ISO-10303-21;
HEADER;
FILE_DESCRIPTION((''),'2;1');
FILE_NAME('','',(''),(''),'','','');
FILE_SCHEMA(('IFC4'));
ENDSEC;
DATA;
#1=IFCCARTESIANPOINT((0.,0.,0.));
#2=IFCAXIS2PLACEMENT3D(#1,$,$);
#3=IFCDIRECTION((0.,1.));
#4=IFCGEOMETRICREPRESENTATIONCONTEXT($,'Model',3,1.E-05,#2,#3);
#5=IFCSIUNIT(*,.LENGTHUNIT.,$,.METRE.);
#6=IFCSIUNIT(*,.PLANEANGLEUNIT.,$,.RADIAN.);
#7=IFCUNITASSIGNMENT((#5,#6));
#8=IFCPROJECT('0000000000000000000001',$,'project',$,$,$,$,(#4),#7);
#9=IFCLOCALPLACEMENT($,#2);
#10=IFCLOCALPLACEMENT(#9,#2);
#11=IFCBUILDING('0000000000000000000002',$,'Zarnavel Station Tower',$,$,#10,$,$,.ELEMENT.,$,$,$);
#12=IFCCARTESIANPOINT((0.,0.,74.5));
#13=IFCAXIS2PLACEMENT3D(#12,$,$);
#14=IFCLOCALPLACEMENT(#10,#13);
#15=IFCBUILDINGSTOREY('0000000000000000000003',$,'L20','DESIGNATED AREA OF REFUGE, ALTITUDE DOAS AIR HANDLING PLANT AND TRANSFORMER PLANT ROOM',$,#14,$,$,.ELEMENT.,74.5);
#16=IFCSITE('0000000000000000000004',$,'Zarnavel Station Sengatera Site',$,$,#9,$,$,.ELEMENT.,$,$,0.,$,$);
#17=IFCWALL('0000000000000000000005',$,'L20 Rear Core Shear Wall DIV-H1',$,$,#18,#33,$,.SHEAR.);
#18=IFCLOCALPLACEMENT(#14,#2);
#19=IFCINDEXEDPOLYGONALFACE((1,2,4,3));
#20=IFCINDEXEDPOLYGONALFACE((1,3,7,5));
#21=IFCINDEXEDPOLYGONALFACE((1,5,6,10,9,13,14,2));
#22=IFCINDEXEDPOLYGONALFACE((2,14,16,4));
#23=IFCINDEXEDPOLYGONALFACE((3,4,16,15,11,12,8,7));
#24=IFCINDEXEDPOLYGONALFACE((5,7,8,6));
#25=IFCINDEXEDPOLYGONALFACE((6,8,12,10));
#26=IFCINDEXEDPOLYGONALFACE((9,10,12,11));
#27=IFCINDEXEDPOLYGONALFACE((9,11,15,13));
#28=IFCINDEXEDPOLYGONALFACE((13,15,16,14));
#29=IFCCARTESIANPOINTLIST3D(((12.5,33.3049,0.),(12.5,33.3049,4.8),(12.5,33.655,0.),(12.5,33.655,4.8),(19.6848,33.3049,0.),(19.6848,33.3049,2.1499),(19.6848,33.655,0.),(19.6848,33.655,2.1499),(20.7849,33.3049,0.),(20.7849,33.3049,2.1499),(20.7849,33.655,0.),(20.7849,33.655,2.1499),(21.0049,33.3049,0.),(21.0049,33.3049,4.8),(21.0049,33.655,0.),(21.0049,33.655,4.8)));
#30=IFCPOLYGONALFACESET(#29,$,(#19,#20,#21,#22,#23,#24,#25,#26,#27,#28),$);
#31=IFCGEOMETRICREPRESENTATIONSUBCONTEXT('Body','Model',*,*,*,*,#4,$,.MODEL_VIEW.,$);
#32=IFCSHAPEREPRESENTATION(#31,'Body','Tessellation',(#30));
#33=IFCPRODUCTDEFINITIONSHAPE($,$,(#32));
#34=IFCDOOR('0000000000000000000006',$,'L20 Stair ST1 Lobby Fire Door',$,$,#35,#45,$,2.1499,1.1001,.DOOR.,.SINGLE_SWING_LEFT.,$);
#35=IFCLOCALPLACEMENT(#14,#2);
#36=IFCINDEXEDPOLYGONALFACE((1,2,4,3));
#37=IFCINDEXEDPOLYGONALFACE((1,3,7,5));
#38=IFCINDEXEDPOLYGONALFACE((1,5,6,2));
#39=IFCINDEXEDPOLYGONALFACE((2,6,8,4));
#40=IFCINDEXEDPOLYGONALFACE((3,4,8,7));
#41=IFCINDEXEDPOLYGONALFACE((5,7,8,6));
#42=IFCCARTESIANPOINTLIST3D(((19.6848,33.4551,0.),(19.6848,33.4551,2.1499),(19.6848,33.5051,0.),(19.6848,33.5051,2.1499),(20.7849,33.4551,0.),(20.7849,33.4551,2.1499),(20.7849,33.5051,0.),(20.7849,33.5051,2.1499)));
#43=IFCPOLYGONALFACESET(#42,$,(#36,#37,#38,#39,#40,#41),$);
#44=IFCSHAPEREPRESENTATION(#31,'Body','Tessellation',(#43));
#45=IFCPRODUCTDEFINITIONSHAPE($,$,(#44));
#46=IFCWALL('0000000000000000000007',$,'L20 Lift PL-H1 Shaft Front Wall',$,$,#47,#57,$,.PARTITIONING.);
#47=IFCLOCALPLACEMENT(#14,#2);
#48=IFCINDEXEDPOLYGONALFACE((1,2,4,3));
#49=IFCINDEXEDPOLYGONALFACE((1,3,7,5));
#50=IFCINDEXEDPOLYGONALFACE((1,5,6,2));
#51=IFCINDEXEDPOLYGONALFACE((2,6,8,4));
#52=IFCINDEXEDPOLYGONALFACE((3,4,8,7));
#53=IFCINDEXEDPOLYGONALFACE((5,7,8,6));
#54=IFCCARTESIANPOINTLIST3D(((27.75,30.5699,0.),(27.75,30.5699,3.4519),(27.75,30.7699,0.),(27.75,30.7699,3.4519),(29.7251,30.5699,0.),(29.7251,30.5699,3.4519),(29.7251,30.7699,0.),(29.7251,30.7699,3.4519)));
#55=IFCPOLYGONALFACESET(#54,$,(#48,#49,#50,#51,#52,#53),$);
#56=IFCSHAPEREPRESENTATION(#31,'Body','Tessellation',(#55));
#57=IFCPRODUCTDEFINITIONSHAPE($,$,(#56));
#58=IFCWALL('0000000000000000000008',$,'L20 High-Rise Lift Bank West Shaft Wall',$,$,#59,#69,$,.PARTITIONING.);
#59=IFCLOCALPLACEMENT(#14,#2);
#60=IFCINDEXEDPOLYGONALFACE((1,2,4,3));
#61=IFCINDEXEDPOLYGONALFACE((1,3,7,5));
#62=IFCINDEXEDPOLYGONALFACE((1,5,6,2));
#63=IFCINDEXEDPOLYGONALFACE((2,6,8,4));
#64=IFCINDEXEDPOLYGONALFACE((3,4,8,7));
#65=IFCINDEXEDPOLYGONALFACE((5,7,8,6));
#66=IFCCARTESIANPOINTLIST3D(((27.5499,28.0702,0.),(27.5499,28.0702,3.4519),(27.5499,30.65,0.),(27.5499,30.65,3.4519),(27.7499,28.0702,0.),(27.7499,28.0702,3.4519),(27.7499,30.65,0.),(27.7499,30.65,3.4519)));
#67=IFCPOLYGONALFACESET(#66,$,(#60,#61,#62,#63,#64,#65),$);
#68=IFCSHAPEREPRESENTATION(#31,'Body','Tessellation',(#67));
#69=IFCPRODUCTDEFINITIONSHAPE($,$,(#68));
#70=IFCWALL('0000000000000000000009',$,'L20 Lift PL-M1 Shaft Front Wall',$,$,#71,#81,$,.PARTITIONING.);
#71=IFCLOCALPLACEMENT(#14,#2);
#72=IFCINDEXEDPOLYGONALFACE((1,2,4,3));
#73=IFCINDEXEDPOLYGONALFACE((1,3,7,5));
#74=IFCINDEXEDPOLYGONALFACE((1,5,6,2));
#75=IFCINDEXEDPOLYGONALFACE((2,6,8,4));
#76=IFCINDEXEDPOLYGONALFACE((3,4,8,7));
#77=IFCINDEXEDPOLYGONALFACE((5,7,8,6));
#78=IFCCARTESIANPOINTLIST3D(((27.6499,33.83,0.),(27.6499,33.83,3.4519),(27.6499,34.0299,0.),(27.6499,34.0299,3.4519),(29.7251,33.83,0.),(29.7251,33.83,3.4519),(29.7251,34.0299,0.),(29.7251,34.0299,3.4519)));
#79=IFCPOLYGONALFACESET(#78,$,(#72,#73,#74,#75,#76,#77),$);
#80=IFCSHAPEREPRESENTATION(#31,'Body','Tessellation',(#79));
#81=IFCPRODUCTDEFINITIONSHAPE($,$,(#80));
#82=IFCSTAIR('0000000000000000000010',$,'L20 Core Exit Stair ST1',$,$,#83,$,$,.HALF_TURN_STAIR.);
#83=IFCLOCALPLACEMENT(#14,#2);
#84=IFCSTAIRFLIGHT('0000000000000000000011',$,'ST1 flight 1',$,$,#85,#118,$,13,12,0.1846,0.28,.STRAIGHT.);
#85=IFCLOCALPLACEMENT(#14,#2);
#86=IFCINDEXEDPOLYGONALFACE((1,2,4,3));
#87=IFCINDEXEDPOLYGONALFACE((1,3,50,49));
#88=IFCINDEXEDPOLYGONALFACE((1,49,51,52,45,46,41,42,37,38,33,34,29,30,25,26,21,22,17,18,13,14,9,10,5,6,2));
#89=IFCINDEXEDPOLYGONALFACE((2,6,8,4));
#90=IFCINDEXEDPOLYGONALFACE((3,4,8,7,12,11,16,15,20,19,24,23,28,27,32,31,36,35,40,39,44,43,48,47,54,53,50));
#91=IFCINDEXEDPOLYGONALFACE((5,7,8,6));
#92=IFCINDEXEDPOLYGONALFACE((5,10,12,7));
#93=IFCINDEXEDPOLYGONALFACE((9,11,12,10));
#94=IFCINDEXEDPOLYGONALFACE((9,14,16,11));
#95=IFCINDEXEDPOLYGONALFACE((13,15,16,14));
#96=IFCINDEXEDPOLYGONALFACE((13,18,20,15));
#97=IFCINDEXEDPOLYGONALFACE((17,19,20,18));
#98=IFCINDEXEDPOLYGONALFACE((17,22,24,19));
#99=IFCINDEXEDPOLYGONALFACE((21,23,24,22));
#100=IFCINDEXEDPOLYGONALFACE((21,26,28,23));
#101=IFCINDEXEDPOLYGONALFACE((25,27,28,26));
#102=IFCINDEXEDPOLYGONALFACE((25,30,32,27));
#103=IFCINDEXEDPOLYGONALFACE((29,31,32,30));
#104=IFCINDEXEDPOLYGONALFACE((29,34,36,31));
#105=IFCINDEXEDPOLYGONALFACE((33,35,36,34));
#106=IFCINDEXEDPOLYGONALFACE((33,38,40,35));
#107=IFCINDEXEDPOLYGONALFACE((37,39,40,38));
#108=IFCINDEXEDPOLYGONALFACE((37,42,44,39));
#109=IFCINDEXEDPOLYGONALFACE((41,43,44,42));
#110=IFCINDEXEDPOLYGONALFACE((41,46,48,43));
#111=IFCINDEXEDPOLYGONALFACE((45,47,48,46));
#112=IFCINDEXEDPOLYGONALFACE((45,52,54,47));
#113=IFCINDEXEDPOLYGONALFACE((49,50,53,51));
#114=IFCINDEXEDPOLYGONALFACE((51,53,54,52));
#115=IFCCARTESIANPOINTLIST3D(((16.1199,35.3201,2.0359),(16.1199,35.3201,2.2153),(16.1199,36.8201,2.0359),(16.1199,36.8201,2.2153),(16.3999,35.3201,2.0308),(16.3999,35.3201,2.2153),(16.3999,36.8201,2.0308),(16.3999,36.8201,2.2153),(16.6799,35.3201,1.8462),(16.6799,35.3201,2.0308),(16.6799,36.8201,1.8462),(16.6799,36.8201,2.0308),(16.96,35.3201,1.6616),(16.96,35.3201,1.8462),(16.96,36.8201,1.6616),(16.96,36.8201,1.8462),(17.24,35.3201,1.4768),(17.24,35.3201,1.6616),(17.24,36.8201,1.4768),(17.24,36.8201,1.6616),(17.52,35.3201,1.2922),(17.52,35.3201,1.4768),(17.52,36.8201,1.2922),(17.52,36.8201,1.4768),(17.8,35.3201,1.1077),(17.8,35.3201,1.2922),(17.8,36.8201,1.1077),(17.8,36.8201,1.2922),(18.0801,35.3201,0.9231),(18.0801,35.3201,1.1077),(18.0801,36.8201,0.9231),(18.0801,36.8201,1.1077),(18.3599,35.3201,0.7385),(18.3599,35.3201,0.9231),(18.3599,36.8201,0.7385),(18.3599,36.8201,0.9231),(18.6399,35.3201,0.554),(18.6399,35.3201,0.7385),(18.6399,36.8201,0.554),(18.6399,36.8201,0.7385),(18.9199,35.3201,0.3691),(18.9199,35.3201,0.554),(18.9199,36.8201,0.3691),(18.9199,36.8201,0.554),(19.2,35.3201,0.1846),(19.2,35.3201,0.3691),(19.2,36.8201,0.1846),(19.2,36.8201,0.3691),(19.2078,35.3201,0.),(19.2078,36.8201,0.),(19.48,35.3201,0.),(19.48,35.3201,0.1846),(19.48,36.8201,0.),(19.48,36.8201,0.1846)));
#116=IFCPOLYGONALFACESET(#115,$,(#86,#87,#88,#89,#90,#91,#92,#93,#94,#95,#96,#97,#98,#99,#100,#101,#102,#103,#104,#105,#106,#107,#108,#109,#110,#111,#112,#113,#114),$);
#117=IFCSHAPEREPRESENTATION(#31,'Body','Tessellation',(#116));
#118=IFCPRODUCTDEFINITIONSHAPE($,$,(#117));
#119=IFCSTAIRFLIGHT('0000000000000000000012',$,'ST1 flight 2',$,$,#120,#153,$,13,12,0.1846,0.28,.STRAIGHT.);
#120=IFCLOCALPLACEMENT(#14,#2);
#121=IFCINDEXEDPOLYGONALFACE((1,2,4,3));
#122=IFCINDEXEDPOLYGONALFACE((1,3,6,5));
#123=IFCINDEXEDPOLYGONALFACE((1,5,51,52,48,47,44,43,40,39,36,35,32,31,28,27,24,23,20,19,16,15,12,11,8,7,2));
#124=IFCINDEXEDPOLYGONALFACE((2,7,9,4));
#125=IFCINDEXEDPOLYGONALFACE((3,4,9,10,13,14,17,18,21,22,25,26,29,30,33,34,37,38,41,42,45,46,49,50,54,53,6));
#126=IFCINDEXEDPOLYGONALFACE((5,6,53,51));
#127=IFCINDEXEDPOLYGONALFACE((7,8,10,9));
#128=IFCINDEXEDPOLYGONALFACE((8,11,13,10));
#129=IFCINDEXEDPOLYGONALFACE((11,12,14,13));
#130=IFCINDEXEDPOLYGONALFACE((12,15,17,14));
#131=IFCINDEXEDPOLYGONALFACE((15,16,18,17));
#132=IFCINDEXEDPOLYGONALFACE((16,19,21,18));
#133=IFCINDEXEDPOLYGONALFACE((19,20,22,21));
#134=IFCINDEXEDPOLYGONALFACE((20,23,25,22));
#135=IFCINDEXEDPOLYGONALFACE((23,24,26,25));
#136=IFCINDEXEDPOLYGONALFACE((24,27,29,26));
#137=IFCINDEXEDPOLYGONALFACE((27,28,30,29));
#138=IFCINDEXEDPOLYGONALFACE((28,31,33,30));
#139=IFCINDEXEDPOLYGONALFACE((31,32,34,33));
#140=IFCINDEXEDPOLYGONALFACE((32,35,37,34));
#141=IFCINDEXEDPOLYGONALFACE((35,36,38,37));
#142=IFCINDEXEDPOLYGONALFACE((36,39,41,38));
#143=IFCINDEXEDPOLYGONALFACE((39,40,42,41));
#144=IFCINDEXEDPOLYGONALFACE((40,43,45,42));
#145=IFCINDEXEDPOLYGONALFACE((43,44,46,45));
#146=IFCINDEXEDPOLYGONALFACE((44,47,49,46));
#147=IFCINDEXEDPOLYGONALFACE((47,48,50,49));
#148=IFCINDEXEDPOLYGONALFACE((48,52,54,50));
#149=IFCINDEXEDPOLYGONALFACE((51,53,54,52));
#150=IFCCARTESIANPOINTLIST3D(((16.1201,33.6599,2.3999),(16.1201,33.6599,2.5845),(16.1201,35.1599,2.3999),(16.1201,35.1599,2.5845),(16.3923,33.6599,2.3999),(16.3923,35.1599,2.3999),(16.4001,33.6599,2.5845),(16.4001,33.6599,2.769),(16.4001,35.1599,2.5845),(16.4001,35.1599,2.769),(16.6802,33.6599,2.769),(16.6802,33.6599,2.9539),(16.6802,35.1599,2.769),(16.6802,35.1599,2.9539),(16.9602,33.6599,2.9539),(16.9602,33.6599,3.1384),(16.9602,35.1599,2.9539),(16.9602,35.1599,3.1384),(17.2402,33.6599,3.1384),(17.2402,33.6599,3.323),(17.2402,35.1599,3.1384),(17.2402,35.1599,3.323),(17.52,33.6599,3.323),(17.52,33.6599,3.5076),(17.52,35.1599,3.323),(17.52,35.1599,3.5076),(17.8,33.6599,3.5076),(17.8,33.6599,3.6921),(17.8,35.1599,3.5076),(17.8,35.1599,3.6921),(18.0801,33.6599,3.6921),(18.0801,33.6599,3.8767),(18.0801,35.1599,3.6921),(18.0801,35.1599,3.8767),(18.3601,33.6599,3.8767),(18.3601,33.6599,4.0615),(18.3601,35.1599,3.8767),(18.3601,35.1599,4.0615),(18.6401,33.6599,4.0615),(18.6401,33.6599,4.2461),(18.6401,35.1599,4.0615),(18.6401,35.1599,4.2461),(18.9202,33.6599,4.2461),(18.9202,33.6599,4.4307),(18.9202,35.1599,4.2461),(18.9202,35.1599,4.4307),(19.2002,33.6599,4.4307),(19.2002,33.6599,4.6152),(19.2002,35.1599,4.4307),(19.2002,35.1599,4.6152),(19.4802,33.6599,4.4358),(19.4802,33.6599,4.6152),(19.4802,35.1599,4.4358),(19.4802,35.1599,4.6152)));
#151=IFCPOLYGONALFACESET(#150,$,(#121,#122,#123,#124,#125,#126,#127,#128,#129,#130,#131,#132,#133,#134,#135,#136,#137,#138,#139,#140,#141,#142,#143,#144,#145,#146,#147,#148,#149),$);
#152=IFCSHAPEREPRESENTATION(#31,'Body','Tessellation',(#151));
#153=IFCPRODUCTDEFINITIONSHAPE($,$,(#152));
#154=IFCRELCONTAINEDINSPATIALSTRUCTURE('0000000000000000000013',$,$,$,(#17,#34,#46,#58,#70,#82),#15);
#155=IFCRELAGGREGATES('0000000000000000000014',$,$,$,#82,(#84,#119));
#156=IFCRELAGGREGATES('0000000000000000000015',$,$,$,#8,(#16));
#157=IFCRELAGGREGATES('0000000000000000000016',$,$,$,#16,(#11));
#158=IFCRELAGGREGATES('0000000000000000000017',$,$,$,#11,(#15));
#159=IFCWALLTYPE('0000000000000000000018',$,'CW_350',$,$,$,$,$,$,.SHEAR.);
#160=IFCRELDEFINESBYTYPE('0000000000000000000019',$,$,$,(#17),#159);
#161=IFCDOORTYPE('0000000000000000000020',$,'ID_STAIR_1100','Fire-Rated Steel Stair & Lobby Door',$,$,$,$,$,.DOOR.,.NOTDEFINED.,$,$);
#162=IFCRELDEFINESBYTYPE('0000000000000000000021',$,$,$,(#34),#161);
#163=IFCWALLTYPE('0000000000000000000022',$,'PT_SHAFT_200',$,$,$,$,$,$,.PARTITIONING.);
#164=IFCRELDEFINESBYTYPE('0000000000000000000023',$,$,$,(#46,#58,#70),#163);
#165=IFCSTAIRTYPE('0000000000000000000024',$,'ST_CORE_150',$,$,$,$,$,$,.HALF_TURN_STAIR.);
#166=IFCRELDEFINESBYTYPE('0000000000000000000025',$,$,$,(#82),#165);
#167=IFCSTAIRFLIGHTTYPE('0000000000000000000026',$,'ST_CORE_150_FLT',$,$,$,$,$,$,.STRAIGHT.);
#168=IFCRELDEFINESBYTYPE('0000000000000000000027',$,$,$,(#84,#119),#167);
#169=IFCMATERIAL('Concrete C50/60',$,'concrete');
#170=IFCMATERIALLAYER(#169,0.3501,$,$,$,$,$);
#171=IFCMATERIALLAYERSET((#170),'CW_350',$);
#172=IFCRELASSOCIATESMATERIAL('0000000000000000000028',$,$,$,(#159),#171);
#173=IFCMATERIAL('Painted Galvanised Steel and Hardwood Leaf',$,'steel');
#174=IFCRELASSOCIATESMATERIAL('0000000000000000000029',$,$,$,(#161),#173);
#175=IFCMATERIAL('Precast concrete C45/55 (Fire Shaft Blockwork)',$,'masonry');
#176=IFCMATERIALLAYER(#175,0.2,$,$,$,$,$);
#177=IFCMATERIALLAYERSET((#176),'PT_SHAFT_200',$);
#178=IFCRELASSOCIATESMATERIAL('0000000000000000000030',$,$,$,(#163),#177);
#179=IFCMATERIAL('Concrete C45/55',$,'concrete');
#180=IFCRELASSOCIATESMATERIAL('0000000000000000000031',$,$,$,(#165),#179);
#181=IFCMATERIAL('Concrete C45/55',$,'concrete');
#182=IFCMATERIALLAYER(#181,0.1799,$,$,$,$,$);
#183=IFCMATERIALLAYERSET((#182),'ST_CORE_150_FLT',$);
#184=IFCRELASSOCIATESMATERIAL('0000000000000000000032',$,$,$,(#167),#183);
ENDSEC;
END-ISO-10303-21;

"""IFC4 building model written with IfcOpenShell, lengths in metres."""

from ifc_helpers import new_model, si_unit, direction, frame, frame_2d, origin, place, context, subcontext, project, spatial, polyline, rectangle, outline, extrude, material, layer, layer_set, type_object, element, fill, aggregate, save


model = new_model("IFC4")

# Units and contexts
model_context = context("Model", 3, precision=1e-05, world=origin(), true_north=direction((0.0, 1.0)))
body_context = subcontext(model_context, "Body", "Model", "MODEL_VIEW")
ifc_project = project(units=[si_unit("LENGTHUNIT", "METRE"), si_unit("PLANEANGLEUNIT", "RADIAN")], contexts=[model_context])

# Site, building, storey
site_placement = place(None, origin())
site = spatial("IfcSite", under=ifc_project, at=site_placement, Name="Zarnavel Station Sengatera Site", CompositionType="ELEMENT", RefElevation=0.0)
building_placement = place(site_placement, origin())
building = spatial("IfcBuilding", under=site, at=building_placement, Name="Zarnavel Station Tower", CompositionType="ELEMENT")
storey_placement = place(building_placement, frame((0.0, 0.0, 74.5)))
storey = spatial("IfcBuildingStorey", under=building, at=storey_placement, Name="L20", Description="DESIGNATED AREA OF REFUGE, ALTITUDE DOAS AIR HANDLING PLANT AND TRANSFORMER PLANT ROOM", CompositionType="ELEMENT", Elevation=74.5)

# Shared definitions
ifc_material_1 = material(Name="Concrete C50/60", Category="concrete")
ifc_layer_1 = layer(ifc_material_1, 0.3501)
ifc_layer_set_1 = layer_set([ifc_layer_1], Name="CW_350")
wall_type_1 = type_object("IfcWallType", Name="CW_350", PredefinedType="SHEAR", material=ifc_layer_set_1)

# Wall, opening, door
wall_1_placement = place(storey_placement, frame((21.0049, 33.48, 0.0), z_axis=(0.0, 0.0, 1.0), x_axis=(-1.0, 0.0, 0.0)))
wall_1 = element("IfcWall", 1, at=wall_1_placement, inside=storey, type_object=wall_type_1, Name="L20 Rear Core Shear Wall DIV-H1", PredefinedType="SHEAR", context=body_context, shape_type="SweptSolid", body=[
    extrude(rectangle(XDim=8.5049, YDim=0.3501, at=frame_2d((4.2524, 0.0))), origin(), (0.0, 0.0, 1.0), 4.8),
])
opening_1_placement = place(wall_1_placement, frame((0.22, 0.0, 0.0)))
opening_1 = element("IfcOpeningElement", 2, at=opening_1_placement, cuts=wall_1, PredefinedType="OPENING", context=body_context, shape_type="SweptSolid", body=[
    extrude(rectangle(XDim=1.1001, YDim=2.1499, at=frame_2d((0.55, 1.075))), frame((0.0, 0.1851, 0.0), z_axis=(0.0, -1.0, 0.0), x_axis=(1.0, 0.0, 0.0)), (0.0, 0.0, 1.0), 0.3701),
])
ifc_material_2 = material(Name="Painted Galvanised Steel and Hardwood Leaf", Category="steel")
door_type_1 = type_object("IfcDoorType", Name="ID_STAIR_1100", Description="Fire-Rated Steel Stair & Lobby Door", OperationType="NOTDEFINED", PredefinedType="DOOR", material=ifc_material_2)
door_1_placement = place(opening_1_placement, origin())
door_1 = element("IfcDoor", 3, at=door_1_placement, inside=storey, type_object=door_type_1, Name="L20 Stair ST1 Lobby Fire Door", OperationType="SINGLE_SWING_LEFT", OverallHeight=2.1499, OverallWidth=1.1001, PredefinedType="DOOR", context=body_context, shape_type="SweptSolid", body=[
    extrude(rectangle(XDim=1.1001, YDim=2.1499, at=frame_2d((0.55, 1.075))), frame((0.0, 0.0249, 0.0), z_axis=(0.0, -1.0, 0.0), x_axis=(1.0, 0.0, 0.0)), (0.0, 0.0, 1.0), 0.05),
])
fill(opening_1, door_1)

# Walls
ifc_material_3 = material(Name="Precast concrete C45/55 (Fire Shaft Blockwork)", Category="masonry")
ifc_layer_2 = layer(ifc_material_3, 0.2)
ifc_layer_set_2 = layer_set([ifc_layer_2], Name="PT_SHAFT_200")
wall_type_2 = type_object("IfcWallType", Name="PT_SHAFT_200", PredefinedType="PARTITIONING", material=ifc_layer_set_2)
wall_2_placement = place(storey_placement, frame((27.75, 30.6699, 0.0), z_axis=(0.0, 0.0, 1.0), x_axis=(1.0, 0.0, 0.0)))
element("IfcWall", 4, at=wall_2_placement, inside=storey, type_object=wall_type_2, Name="L20 Lift PL-H1 Shaft Front Wall", PredefinedType="PARTITIONING", context=body_context, shape_type="SweptSolid", body=[
    extrude(rectangle(XDim=1.9751, YDim=0.2, at=frame_2d((0.9875, 0.0))), origin(), (0.0, 0.0, 1.0), 3.4519),
])
wall_3_placement = place(storey_placement, frame((27.6499, 28.0701, 0.0), z_axis=(0.0, 0.0, 1.0), x_axis=(0.0, 1.0, 0.0)))
element("IfcWall", 5, at=wall_3_placement, inside=storey, type_object=wall_type_2, Name="L20 High-Rise Lift Bank West Shaft Wall", PredefinedType="PARTITIONING", context=body_context, shape_type="SweptSolid", body=[
    extrude(rectangle(XDim=2.5798, YDim=0.2, at=frame_2d((1.29, 0.0))), origin(), (0.0, 0.0, 1.0), 3.4519),
])

# Wall
wall_4_placement = place(storey_placement, frame((27.6499, 33.9299, 0.0), z_axis=(0.0, 0.0, 1.0), x_axis=(1.0, 0.0, 0.0)))
element("IfcWall", 6, at=wall_4_placement, inside=storey, type_object=wall_type_2, Name="L20 Lift PL-M1 Shaft Front Wall", PredefinedType="PARTITIONING", context=body_context, shape_type="SweptSolid", body=[
    extrude(rectangle(XDim=2.0752, YDim=0.2, at=frame_2d((1.0376, 0.0))), origin(), (0.0, 0.0, 1.0), 3.4519),
])

# Stair, stair flights
ifc_material_4 = material(Name="Concrete C45/55", Category="concrete")
stair_type = type_object("IfcStairType", Name="ST_CORE_150", PredefinedType="HALF_TURN_STAIR", material=ifc_material_4)
stair_placement = place(storey_placement, origin())
stair = element("IfcStair", 7, at=stair_placement, inside=storey, type_object=stair_type, Name="L20 Core Exit Stair ST1", PredefinedType="HALF_TURN_STAIR")
ifc_material_5 = material(Name="Concrete C45/55", Category="concrete")
ifc_layer_3 = layer(ifc_material_5, 0.1799)
ifc_layer_set_3 = layer_set([ifc_layer_3], Name="ST_CORE_150_FLT")
stair_flight_type = type_object("IfcStairFlightType", Name="ST_CORE_150_FLT", PredefinedType="STRAIGHT", material=ifc_layer_set_3)
stair_flight_1_placement = place(storey_placement, frame((19.48, 36.0701, 0.0), z_axis=(0.0, 0.0, 1.0), x_axis=(-1.0, 0.0, 0.0)))
stair_flight_1 = element("IfcStairFlight", 8, at=stair_flight_1_placement, type_object=stair_flight_type, Name="ST1 flight 1", NumberOfRisers=13, NumberOfTreads=12, PredefinedType="STRAIGHT", RiserHeight=0.1846, TreadLength=0.28, context=body_context, shape_type="SweptSolid", body=[
    extrude(outline(polyline([(0.0, 0.0), (0.0, 0.1846), (0.28, 0.1846), (0.28, 0.3691), (0.5601, 0.3691), (0.5601, 0.554), (0.8401, 0.554), (0.8401, 0.7385), (1.1201, 0.7385), (1.1201, 0.9231), (1.3999, 0.9231), (1.3999, 1.1077), (1.6799, 1.1077), (1.6799, 1.2922), (1.96, 1.2922), (1.96, 1.4768), (2.24, 1.4768), (2.24, 1.6616), (2.52, 1.6616), (2.52, 1.8462), (2.8, 1.8462), (2.8, 2.0308), (3.0801, 2.0308), (3.0801, 2.2153), (3.3601, 2.2153), (3.3601, 2.3999), (3.3601, 2.0359), (0.2722, 0.0), (0.0, 0.0)])), frame((0.0, 0.75, 0.0), z_axis=(0.0, -1.0, 0.0), x_axis=(1.0, 0.0, 0.0)), (0.0, 0.0, 1.0), 1.5),
])
stair_flight_2_placement = place(storey_placement, frame((16.1201, 34.4099, 2.3999), z_axis=(0.0, 0.0, 1.0), x_axis=(1.0, 0.0, 0.0)))
stair_flight_2 = element("IfcStairFlight", 9, at=stair_flight_2_placement, type_object=stair_flight_type, Name="ST1 flight 2", NumberOfRisers=13, NumberOfTreads=12, PredefinedType="STRAIGHT", RiserHeight=0.1846, TreadLength=0.28, context=body_context, shape_type="SweptSolid", body=[
    extrude(outline(polyline([(0.0, 0.0), (0.0, 0.1846), (0.28, 0.1846), (0.28, 0.3691), (0.5601, 0.3691), (0.5601, 0.554), (0.8401, 0.554), (0.8401, 0.7385), (1.1201, 0.7385), (1.1201, 0.9231), (1.3999, 0.9231), (1.3999, 1.1077), (1.6799, 1.1077), (1.6799, 1.2922), (1.96, 1.2922), (1.96, 1.4768), (2.24, 1.4768), (2.24, 1.6616), (2.52, 1.6616), (2.52, 1.8462), (2.8, 1.8462), (2.8, 2.0308), (3.0801, 2.0308), (3.0801, 2.2153), (3.3601, 2.2153), (3.3601, 2.3999), (3.3601, 2.0359), (0.2722, 0.0), (0.0, 0.0)])), frame((0.0, 0.75, 0.0), z_axis=(0.0, -1.0, 0.0), x_axis=(1.0, 0.0, 0.0)), (0.0, 0.0, 1.0), 1.5),
])
aggregate(stair, [stair_flight_1, stair_flight_2])

save(model, "model.ifc")
